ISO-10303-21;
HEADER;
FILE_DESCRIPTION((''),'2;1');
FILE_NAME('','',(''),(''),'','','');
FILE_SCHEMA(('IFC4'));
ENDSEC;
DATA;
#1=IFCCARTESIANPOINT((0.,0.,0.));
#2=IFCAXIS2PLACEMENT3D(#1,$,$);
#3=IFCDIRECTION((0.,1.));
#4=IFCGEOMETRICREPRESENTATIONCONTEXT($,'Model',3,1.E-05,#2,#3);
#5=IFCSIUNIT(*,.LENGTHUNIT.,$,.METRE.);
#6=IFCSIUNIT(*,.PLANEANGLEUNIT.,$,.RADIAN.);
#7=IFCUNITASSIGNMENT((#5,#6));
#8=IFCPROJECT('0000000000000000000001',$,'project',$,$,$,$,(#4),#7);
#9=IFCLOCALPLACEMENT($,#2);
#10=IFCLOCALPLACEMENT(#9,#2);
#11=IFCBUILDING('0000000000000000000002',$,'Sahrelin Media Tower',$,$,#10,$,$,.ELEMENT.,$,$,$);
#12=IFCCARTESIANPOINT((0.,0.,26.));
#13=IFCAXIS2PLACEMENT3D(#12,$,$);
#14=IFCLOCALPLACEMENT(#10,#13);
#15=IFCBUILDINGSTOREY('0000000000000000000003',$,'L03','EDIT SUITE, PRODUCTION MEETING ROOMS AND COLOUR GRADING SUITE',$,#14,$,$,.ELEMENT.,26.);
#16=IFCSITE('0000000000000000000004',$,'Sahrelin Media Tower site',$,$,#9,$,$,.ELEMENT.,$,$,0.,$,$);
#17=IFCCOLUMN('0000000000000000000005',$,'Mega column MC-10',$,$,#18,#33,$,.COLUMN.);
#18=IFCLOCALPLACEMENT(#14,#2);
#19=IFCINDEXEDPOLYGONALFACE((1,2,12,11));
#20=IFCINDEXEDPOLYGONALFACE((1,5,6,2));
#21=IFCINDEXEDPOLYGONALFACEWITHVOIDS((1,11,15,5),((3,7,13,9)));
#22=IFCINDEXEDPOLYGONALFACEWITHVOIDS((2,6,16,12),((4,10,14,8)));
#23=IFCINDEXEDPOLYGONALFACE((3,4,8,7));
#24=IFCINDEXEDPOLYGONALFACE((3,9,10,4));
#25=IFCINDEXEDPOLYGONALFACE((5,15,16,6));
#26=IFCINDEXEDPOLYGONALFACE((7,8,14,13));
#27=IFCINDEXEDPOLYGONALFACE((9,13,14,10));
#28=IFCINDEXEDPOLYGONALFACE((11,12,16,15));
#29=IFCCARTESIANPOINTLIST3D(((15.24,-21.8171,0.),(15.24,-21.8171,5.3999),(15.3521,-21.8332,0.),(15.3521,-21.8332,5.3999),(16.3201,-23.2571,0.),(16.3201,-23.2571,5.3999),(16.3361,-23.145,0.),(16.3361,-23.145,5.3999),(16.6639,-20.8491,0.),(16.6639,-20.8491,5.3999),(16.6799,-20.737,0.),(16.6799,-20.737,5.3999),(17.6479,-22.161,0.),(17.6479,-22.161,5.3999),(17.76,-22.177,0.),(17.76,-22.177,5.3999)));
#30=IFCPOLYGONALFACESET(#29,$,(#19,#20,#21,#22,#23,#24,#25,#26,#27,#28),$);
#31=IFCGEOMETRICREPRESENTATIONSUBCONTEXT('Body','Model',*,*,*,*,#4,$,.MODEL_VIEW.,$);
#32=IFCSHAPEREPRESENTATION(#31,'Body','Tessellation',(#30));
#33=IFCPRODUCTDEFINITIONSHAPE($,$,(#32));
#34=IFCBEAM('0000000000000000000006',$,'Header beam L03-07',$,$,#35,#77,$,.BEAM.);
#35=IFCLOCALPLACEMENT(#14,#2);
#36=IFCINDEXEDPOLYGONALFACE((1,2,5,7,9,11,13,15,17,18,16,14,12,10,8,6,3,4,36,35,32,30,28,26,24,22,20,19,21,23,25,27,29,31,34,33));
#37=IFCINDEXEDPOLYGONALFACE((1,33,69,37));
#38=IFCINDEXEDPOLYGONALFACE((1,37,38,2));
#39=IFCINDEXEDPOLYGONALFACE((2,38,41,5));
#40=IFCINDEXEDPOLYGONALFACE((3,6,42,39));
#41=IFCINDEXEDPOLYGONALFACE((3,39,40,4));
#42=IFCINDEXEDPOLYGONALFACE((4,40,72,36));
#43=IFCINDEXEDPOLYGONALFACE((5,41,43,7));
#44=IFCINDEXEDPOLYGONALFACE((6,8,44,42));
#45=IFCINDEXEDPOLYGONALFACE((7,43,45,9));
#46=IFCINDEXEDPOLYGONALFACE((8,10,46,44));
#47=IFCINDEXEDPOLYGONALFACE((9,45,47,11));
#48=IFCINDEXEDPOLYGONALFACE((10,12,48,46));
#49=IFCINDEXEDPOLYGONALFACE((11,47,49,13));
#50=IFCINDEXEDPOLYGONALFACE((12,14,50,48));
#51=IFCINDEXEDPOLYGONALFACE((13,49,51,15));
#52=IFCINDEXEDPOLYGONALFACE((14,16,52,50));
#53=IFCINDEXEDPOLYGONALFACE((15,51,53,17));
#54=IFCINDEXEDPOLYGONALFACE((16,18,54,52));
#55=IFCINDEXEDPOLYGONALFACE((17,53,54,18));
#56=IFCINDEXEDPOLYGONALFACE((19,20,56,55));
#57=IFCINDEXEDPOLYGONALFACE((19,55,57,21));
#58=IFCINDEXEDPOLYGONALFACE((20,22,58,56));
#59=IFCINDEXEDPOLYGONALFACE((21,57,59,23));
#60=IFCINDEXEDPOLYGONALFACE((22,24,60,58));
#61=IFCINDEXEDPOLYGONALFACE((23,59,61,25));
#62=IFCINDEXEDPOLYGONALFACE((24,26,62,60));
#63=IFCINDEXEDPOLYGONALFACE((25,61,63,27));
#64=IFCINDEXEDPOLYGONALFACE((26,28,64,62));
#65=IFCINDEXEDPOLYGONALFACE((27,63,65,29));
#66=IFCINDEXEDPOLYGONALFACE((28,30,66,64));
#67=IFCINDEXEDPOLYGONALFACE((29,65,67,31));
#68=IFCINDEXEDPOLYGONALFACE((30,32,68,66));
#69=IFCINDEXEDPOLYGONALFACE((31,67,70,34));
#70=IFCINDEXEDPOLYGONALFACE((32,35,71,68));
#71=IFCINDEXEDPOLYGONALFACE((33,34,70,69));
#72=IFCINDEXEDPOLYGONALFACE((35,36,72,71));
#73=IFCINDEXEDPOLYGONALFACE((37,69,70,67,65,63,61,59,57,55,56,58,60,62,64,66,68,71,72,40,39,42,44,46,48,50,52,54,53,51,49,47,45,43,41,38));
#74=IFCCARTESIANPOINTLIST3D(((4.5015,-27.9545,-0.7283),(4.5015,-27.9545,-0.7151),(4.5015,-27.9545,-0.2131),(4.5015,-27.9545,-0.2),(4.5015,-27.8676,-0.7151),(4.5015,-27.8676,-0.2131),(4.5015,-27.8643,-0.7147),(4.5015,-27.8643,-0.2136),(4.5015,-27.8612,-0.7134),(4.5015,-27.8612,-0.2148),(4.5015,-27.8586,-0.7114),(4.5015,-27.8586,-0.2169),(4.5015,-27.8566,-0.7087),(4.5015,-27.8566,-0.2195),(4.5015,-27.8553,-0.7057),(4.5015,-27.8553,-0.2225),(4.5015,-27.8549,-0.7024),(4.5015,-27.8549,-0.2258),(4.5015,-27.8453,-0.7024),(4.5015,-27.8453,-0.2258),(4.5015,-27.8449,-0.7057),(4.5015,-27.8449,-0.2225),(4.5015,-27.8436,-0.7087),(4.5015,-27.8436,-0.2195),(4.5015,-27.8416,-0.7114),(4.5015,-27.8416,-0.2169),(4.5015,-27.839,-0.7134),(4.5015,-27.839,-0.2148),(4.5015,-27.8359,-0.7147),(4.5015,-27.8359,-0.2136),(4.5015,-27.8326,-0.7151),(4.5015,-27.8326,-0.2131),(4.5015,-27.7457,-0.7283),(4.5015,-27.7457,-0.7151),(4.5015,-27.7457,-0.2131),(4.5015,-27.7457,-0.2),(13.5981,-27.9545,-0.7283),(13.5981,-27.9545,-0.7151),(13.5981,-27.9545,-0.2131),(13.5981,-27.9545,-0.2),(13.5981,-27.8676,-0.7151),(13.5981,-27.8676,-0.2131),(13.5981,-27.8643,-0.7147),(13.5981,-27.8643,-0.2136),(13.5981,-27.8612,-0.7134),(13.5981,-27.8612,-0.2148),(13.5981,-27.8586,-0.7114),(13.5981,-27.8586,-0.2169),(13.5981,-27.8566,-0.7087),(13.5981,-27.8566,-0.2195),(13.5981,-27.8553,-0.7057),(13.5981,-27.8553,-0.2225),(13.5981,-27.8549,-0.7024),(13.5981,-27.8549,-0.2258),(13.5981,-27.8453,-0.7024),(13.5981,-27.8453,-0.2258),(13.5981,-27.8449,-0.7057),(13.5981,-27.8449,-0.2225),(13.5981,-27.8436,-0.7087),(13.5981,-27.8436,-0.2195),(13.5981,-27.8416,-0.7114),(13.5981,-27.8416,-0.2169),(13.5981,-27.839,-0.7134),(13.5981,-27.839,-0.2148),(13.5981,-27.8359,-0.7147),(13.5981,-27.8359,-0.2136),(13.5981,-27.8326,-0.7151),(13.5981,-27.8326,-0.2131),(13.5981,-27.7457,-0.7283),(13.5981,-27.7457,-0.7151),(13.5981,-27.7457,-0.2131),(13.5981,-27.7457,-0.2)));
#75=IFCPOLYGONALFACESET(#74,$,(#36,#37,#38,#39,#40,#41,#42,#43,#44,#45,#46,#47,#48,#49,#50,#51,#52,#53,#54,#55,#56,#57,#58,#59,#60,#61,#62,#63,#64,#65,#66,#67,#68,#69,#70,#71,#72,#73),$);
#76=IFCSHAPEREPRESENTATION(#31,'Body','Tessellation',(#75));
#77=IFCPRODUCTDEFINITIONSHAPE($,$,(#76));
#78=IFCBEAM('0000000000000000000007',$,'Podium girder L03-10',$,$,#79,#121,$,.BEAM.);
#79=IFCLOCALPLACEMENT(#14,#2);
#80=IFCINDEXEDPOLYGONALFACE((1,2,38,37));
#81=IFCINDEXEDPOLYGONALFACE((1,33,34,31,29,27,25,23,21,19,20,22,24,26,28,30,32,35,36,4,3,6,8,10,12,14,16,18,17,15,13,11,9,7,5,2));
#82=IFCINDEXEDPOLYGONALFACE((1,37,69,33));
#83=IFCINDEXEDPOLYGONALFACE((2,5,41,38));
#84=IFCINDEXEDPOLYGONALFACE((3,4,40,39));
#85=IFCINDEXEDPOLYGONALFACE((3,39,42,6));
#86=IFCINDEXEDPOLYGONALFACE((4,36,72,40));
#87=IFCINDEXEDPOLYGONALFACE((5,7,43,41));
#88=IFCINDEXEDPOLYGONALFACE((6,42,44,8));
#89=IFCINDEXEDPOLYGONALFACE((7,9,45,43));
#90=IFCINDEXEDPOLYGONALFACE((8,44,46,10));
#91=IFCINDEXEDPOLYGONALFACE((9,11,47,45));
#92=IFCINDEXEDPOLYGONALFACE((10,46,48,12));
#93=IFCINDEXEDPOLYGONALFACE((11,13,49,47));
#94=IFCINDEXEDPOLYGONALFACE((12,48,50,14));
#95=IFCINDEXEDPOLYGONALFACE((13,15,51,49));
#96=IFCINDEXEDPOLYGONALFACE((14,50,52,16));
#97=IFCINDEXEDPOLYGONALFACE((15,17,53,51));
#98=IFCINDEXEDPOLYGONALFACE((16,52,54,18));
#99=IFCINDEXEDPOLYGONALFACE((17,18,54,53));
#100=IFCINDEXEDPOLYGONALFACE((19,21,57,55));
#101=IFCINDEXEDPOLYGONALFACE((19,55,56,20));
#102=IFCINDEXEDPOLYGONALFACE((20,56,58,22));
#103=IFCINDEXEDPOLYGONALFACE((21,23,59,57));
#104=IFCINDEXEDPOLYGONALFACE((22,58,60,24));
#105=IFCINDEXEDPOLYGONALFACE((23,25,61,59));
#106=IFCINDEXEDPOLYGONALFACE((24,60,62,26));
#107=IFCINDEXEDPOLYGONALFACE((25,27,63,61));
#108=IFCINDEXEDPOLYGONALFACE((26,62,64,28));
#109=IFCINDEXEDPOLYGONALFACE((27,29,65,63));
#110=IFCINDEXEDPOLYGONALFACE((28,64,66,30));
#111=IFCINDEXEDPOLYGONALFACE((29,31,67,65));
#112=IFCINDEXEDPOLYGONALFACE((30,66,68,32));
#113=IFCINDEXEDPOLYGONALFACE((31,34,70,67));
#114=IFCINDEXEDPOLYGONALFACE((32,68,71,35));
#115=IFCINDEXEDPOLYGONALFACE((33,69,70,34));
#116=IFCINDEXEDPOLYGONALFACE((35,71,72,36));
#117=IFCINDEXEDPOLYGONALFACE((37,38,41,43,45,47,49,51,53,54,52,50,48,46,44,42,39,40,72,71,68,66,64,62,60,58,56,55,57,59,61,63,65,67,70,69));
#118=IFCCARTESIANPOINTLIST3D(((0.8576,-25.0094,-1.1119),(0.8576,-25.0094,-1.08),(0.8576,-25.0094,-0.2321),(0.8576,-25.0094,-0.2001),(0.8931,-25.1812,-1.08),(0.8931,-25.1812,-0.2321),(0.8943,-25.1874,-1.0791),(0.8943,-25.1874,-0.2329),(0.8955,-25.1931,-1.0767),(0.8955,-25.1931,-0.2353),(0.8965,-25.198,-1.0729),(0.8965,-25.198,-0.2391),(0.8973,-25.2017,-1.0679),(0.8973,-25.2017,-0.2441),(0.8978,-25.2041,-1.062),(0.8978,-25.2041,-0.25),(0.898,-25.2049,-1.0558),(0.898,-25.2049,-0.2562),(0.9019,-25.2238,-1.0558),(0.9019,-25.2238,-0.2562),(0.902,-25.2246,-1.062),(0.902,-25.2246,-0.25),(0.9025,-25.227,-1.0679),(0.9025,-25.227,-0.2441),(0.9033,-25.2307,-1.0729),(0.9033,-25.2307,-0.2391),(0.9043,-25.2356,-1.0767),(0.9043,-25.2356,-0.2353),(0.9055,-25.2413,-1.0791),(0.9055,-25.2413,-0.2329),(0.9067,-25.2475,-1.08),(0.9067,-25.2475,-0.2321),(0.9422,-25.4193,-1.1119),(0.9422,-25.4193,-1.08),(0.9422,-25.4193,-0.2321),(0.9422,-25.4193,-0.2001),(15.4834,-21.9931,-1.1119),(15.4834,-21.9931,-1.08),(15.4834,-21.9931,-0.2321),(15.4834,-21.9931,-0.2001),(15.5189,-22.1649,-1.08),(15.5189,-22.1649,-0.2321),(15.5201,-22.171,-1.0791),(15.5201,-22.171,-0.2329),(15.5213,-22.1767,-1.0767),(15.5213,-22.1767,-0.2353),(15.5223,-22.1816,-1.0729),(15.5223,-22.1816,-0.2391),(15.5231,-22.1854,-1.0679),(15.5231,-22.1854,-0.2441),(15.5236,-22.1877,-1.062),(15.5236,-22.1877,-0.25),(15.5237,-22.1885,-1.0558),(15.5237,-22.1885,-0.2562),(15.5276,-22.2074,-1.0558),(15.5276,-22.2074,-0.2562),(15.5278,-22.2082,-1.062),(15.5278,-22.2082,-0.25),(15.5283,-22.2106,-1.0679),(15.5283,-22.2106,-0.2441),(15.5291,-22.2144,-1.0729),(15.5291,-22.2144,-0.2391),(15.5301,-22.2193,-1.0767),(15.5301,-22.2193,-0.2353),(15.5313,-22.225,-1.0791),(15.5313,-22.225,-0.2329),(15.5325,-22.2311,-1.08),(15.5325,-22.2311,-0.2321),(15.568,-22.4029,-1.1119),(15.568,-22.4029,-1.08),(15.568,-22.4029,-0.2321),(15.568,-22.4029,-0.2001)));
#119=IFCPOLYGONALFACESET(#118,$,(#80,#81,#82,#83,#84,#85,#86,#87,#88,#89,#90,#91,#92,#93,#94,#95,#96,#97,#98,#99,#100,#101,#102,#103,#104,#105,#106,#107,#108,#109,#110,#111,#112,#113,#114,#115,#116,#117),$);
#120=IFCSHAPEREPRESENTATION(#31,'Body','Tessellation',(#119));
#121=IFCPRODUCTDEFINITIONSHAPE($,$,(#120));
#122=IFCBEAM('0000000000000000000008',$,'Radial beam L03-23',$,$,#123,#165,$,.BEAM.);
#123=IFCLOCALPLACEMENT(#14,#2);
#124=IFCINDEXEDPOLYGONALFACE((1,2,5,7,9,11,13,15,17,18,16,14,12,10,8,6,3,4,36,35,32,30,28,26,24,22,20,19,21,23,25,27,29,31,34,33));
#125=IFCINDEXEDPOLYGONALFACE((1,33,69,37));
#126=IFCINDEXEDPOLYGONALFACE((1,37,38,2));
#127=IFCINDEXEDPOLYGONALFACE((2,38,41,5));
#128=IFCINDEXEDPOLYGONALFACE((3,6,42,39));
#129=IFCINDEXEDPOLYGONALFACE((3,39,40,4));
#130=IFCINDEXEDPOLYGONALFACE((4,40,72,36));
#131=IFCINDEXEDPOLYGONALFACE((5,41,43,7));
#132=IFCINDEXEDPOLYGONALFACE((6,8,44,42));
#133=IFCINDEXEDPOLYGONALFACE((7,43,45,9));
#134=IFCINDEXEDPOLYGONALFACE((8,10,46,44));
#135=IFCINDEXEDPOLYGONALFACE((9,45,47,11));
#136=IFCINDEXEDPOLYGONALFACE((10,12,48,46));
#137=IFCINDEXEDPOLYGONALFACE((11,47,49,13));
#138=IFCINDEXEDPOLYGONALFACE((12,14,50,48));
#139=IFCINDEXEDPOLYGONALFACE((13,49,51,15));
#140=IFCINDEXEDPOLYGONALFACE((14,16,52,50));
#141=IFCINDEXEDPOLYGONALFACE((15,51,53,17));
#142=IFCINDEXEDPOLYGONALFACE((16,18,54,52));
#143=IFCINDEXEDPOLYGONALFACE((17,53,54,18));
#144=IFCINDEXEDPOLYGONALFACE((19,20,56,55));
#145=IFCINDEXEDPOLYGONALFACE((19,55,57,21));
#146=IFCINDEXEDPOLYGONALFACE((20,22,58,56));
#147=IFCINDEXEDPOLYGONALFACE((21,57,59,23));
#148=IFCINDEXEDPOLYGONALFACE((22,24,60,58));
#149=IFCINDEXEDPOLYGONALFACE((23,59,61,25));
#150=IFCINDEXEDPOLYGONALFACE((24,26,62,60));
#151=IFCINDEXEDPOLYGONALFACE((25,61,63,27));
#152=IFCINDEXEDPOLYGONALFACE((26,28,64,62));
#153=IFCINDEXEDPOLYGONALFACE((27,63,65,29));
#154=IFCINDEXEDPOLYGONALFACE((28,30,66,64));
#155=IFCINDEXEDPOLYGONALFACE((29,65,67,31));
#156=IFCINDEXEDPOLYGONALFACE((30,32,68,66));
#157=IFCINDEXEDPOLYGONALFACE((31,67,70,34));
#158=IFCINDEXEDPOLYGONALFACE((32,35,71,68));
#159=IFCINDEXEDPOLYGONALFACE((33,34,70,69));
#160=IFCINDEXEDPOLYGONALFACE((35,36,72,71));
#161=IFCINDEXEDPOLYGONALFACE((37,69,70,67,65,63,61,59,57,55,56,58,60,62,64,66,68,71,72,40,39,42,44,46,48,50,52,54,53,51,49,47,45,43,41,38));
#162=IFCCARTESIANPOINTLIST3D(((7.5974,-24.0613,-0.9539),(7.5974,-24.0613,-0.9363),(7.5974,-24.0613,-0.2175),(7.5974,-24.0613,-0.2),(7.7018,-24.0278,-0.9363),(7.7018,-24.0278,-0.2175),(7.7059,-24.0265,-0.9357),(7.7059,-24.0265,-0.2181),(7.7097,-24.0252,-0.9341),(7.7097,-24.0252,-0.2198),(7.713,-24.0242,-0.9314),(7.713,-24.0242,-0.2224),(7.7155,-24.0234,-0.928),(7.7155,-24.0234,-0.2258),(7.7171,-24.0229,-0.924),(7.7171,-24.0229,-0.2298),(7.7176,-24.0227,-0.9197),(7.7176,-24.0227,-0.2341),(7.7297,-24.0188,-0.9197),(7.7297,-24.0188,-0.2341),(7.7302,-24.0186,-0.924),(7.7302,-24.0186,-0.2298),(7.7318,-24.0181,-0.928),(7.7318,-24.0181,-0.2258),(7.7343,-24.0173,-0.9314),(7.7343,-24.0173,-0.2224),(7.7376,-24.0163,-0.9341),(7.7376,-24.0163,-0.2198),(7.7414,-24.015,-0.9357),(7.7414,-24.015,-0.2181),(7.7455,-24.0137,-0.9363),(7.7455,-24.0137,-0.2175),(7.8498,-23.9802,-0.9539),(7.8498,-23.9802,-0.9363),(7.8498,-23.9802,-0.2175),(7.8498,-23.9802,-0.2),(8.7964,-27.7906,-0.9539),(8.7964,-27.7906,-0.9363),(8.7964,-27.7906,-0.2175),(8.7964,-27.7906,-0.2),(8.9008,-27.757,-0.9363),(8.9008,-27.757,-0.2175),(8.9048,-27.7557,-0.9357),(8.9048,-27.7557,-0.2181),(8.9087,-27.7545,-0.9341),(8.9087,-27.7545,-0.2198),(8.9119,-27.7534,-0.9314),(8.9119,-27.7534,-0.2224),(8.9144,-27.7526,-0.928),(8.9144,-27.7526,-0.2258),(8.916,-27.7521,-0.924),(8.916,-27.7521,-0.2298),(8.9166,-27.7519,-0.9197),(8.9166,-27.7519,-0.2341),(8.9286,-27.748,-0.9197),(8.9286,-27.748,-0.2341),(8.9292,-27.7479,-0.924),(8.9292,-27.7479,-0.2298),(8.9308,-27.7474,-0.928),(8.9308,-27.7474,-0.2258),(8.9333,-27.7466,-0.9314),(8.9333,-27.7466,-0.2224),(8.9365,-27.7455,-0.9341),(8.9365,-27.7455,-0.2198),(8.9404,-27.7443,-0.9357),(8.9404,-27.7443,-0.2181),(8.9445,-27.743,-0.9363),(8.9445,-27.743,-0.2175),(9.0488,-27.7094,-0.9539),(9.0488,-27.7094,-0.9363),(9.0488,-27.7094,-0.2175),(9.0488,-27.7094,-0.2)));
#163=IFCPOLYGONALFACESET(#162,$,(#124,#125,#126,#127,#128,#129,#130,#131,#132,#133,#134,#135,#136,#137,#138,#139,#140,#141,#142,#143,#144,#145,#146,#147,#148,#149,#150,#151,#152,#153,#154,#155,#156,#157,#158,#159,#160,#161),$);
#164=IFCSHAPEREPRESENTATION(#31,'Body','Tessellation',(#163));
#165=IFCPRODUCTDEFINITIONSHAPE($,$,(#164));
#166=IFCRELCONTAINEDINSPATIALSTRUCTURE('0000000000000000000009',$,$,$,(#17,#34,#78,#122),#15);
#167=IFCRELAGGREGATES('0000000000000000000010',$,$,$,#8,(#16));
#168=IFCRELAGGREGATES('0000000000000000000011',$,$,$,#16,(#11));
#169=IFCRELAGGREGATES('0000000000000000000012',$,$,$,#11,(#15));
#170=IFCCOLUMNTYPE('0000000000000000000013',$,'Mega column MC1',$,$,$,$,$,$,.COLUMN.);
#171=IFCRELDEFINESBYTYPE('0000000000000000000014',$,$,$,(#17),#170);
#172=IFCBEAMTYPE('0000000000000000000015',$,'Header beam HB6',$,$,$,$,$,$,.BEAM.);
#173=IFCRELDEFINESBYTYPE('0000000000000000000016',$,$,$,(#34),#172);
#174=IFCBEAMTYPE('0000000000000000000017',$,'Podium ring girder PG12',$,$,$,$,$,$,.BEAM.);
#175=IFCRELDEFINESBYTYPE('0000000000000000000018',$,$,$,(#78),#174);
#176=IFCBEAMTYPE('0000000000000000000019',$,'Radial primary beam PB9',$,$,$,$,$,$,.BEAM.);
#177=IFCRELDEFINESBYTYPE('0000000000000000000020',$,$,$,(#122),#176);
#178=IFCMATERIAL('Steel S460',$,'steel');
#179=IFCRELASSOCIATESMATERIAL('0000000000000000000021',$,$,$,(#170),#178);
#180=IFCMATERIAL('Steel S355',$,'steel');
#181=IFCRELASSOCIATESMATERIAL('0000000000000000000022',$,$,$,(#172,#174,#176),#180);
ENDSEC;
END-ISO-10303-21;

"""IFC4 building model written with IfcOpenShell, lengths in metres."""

from ifc_helpers import new_model, si_unit, direction, frame, origin, origin_2d, place, context, subcontext, project, spatial, hollow_rectangle, i_section, extrude, material, material_profile, profile_set, type_object, element, save


model = new_model("IFC4")

# Units and contexts
model_context = context("Model", 3, precision=1e-05, world=origin(), true_north=direction((0.0, 1.0)))
body_context = subcontext(model_context, "Body", "Model", "MODEL_VIEW")
ifc_project = project(units=[si_unit("LENGTHUNIT", "METRE"), si_unit("PLANEANGLEUNIT", "RADIAN")], contexts=[model_context])

# Site, building, storey
site_placement = place(None, origin())
site = spatial("IfcSite", under=ifc_project, at=site_placement, Name="Sahrelin Media Tower site", CompositionType="ELEMENT", RefElevation=0.0)
building_placement = place(site_placement, origin())
building = spatial("IfcBuilding", under=site, at=building_placement, Name="Sahrelin Media Tower", CompositionType="ELEMENT")
storey_placement = place(building_placement, frame((0.0, 0.0, 26.0)))
storey = spatial("IfcBuildingStorey", under=building, at=storey_placement, Name="L03", Description="EDIT SUITE, PRODUCTION MEETING ROOMS AND COLOUR GRADING SUITE", CompositionType="ELEMENT", Elevation=26.0)

# Column
ifc_material_1 = material(Name="Steel S460", Category="steel")
ifc_material_profile_1 = material_profile(ifc_material_1, hollow_rectangle(XDim=1.8, YDim=1.8, WallThickness=0.0801, at=origin_2d()), Name="Mega column MC1")
ifc_profile_set_1 = profile_set([ifc_material_profile_1], Name="Steel S460")
column_type = type_object("IfcColumnType", Name="Mega column MC1", PredefinedType="COLUMN", material=ifc_profile_set_1)
column_placement = place(storey_placement, frame((16.5, -21.9971, 0.0), z_axis=(0.0, 0.0, 1.0), x_axis=(0.600052, -0.799961, 0.0)))
element("IfcColumn", 1, at=column_placement, inside=storey, type_object=column_type, Name="Mega column MC-10", PredefinedType="COLUMN", context=body_context, shape_type="SweptSolid", body=[
    extrude(hollow_rectangle(XDim=1.8, YDim=1.8, WallThickness=0.0801, at=origin_2d()), origin(), (0.0, 0.0, 1.0), 5.3999),
])

# Beams
ifc_material_2 = material(Name="Steel S355", Category="steel")
ifc_material_profile_2 = material_profile(ifc_material_2, i_section(OverallWidth=0.2087, OverallDepth=0.5283, WebThickness=0.0095, FlangeThickness=0.0132, FilletRadius=0.0127, at=origin_2d()), Name="UB 533x210x82")
ifc_profile_set_2 = profile_set([ifc_material_profile_2], Name="Steel S355")
beam_type_1 = type_object("IfcBeamType", Name="Header beam HB6", PredefinedType="BEAM", material=ifc_profile_set_2)
beam_1_placement = place(storey_placement, frame((4.5015, -27.8501, -0.4641), z_axis=(1.0, 0.0, 0.0), x_axis=(0.0, 1.0, 0.0)))
element("IfcBeam", 2, at=beam_1_placement, inside=storey, type_object=beam_type_1, Name="Header beam L03-07", PredefinedType="BEAM", context=body_context, shape_type="SweptSolid", body=[
    extrude(i_section(OverallWidth=0.2087, OverallDepth=0.5283, WebThickness=0.0095, FlangeThickness=0.0132, FilletRadius=0.0127, at=origin_2d()), origin(), (0.0, 0.0, 1.0), 9.0967),
])
ifc_material_profile_3 = material_profile(ifc_material_2, i_section(OverallWidth=0.4185, OverallDepth=0.9119, WebThickness=0.0193, FlangeThickness=0.032, FilletRadius=0.0242, at=origin_2d()), Name="UB 914x419x343")
ifc_profile_set_3 = profile_set([ifc_material_profile_3], Name="Steel S355")
beam_type_2 = type_object("IfcBeamType", Name="Podium ring girder PG12", PredefinedType="BEAM", material=ifc_profile_set_3)
beam_2_placement = place(storey_placement, frame((0.8999, -25.2144, -0.656), z_axis=(0.979389, 0.201985, 0.0), x_axis=(-0.201985, 0.979389, 0.0)))
element("IfcBeam", 3, at=beam_2_placement, inside=storey, type_object=beam_type_2, Name="Podium girder L03-10", PredefinedType="BEAM", context=body_context, shape_type="SweptSolid", body=[
    extrude(i_section(OverallWidth=0.4185, OverallDepth=0.9119, WebThickness=0.0193, FlangeThickness=0.032, FilletRadius=0.0242, at=origin_2d()), origin(), (0.0, 0.0, 1.0), 14.9336),
])
ifc_material_profile_4 = material_profile(ifc_material_2, i_section(OverallWidth=0.2651, OverallDepth=0.7539, WebThickness=0.0127, FlangeThickness=0.0176, FilletRadius=0.0166, at=origin_2d()), Name="UB 762x267x147")
ifc_profile_set_4 = profile_set([ifc_material_profile_4], Name="Steel S355")
beam_type_3 = type_object("IfcBeamType", Name="Radial primary beam PB9", PredefinedType="BEAM", material=ifc_profile_set_4)
beam_3_placement = place(storey_placement, frame((7.7236, -24.0208, -0.5769), z_axis=(0.306076, -0.952007, 0.0), x_axis=(0.952007, 0.306076, 0.0)))
element("IfcBeam", 4, at=beam_3_placement, inside=storey, type_object=beam_type_3, Name="Radial beam L03-23", PredefinedType="BEAM", context=body_context, shape_type="SweptSolid", body=[
    extrude(i_section(OverallWidth=0.2651, OverallDepth=0.7539, WebThickness=0.0127, FlangeThickness=0.0176, FilletRadius=0.0166, at=origin_2d()), origin(), (0.0, 0.0, 1.0), 3.9172),
])

save(model, "model.ifc")
